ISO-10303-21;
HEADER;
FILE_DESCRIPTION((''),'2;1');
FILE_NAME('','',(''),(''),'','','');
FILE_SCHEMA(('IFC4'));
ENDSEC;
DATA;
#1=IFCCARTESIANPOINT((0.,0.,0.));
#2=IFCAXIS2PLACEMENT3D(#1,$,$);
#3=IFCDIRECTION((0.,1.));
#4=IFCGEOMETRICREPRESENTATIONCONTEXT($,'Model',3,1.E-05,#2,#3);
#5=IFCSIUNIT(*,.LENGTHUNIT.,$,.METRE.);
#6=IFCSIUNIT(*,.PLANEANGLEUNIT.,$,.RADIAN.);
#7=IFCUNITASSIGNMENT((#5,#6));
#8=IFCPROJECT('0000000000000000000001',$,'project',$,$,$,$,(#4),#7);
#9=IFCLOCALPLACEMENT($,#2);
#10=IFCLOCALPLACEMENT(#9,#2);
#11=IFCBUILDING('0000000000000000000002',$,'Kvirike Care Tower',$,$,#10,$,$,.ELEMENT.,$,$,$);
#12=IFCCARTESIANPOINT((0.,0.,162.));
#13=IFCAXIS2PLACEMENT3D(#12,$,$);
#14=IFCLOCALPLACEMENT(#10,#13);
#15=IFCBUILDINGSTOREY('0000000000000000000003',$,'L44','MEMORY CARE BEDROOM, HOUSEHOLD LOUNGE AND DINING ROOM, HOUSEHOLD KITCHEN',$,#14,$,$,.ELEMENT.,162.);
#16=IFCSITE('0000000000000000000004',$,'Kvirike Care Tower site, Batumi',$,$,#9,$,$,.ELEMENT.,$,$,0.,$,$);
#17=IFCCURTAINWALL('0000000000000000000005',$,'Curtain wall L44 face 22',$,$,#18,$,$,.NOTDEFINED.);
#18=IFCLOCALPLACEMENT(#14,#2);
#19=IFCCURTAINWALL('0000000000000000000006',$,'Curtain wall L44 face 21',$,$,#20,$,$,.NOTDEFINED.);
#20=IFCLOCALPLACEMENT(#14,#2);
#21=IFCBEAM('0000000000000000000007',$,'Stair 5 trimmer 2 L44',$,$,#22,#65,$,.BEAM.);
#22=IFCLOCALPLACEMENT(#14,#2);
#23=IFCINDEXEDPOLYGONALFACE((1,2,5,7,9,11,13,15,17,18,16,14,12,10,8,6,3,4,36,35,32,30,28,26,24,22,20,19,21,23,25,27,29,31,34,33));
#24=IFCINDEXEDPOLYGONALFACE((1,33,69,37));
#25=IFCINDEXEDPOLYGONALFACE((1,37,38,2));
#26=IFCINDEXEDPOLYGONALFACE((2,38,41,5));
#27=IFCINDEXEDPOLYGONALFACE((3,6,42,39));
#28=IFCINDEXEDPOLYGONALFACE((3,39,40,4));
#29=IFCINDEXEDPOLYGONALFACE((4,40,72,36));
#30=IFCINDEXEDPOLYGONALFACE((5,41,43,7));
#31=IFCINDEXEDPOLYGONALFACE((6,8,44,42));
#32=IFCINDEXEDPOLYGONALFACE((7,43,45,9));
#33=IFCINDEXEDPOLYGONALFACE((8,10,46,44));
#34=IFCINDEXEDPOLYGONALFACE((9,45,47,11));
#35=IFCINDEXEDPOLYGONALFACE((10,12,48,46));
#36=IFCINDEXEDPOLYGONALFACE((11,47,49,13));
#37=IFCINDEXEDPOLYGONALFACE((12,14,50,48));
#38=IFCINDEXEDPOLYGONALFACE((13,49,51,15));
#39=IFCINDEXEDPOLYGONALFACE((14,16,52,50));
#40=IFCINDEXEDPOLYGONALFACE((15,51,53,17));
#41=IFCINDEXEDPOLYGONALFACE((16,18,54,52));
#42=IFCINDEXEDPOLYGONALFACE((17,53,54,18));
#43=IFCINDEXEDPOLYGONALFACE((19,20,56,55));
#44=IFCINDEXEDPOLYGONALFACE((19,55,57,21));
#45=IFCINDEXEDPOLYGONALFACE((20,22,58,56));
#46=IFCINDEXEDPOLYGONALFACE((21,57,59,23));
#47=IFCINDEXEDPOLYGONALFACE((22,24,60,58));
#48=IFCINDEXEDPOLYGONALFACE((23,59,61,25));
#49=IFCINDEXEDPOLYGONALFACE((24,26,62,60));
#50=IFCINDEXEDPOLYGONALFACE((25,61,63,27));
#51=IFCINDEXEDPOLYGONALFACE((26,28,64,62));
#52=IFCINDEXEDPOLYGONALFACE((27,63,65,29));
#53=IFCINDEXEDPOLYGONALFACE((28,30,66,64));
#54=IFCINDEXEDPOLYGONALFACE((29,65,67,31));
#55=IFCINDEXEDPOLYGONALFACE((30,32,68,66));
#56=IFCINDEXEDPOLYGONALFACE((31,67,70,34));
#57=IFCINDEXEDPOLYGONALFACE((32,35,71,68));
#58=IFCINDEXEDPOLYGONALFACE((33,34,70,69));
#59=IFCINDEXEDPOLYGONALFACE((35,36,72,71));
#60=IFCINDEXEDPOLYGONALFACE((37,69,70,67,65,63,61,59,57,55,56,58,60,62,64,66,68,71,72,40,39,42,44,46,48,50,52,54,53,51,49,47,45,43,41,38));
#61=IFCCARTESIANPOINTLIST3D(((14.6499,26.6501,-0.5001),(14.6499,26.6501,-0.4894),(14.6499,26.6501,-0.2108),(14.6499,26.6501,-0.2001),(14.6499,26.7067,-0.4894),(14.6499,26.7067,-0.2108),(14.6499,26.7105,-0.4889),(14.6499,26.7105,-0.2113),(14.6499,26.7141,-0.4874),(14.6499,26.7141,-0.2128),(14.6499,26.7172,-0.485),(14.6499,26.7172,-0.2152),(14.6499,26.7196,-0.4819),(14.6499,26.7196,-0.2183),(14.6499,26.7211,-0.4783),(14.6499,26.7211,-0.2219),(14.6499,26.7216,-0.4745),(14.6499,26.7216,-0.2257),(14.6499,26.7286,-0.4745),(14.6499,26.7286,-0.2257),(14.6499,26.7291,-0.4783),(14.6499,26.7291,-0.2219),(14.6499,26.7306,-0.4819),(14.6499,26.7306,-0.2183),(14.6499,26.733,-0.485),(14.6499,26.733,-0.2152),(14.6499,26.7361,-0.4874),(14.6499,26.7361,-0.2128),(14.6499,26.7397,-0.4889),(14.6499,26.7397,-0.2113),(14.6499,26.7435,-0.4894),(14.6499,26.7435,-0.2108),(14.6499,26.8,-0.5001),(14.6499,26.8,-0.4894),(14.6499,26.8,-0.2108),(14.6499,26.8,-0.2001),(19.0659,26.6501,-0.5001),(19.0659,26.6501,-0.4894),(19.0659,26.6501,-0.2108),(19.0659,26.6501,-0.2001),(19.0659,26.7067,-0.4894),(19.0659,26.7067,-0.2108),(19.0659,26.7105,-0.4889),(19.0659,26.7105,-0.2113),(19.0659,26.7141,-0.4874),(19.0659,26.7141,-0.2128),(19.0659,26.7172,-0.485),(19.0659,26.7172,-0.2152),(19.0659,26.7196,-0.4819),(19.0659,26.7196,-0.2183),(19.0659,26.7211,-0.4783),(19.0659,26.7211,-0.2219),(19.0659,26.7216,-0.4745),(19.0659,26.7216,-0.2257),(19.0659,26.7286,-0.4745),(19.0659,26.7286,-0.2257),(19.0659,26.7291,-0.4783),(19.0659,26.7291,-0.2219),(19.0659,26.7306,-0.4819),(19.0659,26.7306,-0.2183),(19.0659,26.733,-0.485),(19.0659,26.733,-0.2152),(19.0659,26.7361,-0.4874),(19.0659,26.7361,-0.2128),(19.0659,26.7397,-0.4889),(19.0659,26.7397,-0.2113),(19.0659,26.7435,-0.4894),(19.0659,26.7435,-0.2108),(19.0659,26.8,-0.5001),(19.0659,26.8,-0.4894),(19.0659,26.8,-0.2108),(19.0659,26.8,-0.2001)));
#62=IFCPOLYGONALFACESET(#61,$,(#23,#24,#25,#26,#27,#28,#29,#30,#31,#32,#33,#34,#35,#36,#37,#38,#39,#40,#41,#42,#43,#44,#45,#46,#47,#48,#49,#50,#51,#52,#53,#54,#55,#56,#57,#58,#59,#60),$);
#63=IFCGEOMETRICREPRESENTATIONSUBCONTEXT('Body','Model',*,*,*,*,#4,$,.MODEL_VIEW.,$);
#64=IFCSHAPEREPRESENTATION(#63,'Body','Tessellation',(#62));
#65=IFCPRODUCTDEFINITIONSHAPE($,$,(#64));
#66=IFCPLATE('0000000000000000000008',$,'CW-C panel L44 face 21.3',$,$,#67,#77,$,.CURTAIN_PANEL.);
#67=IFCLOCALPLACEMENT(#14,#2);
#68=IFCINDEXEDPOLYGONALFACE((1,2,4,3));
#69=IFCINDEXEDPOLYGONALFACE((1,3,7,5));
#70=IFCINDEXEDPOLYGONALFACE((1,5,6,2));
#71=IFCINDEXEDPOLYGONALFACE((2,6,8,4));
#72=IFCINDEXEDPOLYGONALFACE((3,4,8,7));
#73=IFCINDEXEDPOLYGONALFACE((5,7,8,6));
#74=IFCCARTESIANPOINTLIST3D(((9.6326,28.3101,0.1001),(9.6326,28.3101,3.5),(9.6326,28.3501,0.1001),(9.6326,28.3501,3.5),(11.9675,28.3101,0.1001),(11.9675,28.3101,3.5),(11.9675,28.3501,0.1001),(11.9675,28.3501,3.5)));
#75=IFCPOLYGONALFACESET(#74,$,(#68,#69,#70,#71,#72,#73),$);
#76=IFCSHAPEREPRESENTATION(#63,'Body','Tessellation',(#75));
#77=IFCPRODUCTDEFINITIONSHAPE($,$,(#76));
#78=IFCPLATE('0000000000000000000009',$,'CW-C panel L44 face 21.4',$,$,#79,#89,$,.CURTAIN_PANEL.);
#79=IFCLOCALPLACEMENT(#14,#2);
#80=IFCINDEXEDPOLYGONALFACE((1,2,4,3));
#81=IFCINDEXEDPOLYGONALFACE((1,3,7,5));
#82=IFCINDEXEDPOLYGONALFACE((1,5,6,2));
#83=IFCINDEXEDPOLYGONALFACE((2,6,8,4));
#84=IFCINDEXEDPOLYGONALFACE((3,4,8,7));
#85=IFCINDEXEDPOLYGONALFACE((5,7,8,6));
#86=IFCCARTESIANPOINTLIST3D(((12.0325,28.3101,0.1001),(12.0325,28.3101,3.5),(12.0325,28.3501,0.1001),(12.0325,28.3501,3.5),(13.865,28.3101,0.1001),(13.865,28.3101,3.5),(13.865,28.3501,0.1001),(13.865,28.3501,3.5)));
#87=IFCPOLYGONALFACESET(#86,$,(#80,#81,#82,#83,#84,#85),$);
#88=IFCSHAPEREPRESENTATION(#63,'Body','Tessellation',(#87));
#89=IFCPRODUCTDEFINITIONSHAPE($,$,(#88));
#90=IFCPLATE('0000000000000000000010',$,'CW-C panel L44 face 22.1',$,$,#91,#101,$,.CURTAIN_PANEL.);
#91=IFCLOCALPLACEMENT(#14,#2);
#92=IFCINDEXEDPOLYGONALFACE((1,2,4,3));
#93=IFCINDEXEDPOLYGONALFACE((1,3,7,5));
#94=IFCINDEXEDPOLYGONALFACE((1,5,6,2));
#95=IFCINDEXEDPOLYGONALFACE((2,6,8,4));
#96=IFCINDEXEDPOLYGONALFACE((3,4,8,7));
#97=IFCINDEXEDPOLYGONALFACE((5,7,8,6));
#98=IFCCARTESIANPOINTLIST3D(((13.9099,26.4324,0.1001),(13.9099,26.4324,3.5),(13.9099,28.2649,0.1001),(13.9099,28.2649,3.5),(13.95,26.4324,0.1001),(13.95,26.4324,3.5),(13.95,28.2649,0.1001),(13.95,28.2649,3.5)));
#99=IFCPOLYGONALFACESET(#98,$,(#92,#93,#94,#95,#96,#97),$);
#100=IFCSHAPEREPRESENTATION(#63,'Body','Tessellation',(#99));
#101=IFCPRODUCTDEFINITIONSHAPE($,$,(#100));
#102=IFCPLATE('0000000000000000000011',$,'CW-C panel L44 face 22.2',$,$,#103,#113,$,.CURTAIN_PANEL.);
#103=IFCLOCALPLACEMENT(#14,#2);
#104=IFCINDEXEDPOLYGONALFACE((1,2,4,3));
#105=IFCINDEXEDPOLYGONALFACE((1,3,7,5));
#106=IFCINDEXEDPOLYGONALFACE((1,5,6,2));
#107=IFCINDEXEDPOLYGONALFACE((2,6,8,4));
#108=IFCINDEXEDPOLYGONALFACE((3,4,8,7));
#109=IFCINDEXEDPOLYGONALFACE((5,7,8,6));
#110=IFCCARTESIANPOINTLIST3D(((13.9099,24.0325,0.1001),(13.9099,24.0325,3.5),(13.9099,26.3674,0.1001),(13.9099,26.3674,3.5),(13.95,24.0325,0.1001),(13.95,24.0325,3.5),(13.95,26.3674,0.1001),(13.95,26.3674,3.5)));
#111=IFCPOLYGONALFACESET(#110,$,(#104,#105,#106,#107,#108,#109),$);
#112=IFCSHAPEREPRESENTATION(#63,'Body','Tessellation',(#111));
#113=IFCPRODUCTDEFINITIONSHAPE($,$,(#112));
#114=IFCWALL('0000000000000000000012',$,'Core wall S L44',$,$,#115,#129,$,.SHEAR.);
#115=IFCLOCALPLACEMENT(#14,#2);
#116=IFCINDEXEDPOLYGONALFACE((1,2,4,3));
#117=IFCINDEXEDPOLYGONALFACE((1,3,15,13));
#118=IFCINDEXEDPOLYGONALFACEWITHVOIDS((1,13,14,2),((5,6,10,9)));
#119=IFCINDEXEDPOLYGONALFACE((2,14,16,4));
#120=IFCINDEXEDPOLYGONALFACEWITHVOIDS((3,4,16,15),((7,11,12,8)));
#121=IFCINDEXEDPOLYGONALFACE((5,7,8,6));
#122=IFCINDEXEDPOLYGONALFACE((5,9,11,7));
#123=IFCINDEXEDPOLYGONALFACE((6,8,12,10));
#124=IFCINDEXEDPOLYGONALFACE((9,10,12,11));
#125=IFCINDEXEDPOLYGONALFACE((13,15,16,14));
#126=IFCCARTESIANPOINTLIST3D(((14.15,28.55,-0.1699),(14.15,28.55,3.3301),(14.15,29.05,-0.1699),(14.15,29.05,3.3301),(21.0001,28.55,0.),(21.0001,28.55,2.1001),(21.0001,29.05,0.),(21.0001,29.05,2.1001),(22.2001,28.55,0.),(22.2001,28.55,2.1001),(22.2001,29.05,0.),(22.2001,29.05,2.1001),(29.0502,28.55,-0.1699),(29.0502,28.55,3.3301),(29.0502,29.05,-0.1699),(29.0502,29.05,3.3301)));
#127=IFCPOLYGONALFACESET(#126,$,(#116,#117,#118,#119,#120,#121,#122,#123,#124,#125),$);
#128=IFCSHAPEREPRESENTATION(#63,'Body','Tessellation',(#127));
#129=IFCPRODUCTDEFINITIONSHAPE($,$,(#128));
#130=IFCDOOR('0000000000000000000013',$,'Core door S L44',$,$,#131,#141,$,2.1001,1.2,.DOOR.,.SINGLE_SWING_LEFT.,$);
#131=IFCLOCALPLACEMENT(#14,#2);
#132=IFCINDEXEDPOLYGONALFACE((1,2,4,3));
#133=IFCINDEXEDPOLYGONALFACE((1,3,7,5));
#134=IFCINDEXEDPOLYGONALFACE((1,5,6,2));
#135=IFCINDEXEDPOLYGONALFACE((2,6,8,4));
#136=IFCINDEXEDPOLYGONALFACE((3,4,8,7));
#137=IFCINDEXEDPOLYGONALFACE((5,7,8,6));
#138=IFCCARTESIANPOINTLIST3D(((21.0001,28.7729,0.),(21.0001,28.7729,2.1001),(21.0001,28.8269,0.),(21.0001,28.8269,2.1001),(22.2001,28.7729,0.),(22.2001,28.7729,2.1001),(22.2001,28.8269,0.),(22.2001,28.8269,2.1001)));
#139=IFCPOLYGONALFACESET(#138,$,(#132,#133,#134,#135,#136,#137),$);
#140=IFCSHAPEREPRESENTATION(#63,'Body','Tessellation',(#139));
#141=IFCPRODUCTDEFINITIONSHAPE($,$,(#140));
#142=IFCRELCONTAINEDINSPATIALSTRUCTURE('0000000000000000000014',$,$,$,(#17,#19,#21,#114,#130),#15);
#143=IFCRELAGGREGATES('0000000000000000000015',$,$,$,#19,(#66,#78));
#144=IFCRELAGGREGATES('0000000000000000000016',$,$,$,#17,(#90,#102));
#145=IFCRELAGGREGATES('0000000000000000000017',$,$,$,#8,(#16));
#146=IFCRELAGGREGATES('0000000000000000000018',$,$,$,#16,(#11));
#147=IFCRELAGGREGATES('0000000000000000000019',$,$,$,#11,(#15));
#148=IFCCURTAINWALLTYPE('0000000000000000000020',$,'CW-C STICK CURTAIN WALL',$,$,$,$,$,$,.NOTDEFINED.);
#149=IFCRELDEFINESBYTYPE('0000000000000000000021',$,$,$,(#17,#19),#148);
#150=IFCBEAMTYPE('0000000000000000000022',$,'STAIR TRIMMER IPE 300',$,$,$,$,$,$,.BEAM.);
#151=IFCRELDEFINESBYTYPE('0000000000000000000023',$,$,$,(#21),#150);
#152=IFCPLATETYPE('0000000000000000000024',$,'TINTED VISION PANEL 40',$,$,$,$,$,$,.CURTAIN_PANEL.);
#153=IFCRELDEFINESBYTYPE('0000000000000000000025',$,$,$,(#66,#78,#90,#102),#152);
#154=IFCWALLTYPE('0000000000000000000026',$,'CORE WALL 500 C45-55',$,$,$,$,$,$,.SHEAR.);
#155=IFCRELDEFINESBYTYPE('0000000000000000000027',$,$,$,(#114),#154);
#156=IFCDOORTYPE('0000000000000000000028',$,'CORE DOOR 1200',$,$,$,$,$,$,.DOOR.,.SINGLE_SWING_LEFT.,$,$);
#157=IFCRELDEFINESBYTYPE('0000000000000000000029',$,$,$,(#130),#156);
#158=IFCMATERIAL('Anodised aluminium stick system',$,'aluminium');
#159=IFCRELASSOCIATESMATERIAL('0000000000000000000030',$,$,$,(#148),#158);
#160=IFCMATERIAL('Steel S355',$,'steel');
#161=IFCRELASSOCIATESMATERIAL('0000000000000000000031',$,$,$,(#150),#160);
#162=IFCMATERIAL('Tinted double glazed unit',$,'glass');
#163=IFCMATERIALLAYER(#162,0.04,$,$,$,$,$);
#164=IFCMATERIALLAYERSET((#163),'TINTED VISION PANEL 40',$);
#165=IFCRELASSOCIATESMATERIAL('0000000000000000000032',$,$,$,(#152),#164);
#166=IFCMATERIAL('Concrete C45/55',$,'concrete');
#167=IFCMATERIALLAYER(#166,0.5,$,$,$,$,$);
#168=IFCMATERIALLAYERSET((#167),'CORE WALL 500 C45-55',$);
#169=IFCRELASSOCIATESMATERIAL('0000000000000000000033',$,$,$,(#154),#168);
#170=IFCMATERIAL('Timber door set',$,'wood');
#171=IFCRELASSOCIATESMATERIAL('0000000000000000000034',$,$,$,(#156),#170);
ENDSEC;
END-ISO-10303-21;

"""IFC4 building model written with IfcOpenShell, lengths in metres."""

from ifc_helpers import new_model, si_unit, direction, frame, frame_2d, origin, origin_2d, place, context, subcontext, project, spatial, rectangle, i_section, extrude, material, layer, layer_set, material_profile, profile_set, type_object, element, fill, aggregate, save


model = new_model("IFC4")

# Units and contexts
model_context = context("Model", 3, precision=1e-05, world=origin(), true_north=direction((0.0, 1.0)))
body_context = subcontext(model_context, "Body", "Model", "MODEL_VIEW")
ifc_project = project(units=[si_unit("LENGTHUNIT", "METRE"), si_unit("PLANEANGLEUNIT", "RADIAN")], contexts=[model_context])

# Site, building, storey
site_placement = place(None, origin())
site = spatial("IfcSite", under=ifc_project, at=site_placement, Name="Kvirike Care Tower site, Batumi", CompositionType="ELEMENT", RefElevation=0.0)
building_placement = place(site_placement, origin())
building = spatial("IfcBuilding", under=site, at=building_placement, Name="Kvirike Care Tower", CompositionType="ELEMENT")
storey_placement = place(building_placement, frame((0.0, 0.0, 162.0)))
storey = spatial("IfcBuildingStorey", under=building, at=storey_placement, Name="L44", Description="MEMORY CARE BEDROOM, HOUSEHOLD LOUNGE AND DINING ROOM, HOUSEHOLD KITCHEN", CompositionType="ELEMENT", Elevation=162.0)

# Curtain wall
ifc_material_1 = material(Name="Anodised aluminium stick system", Category="aluminium")
curtain_wall_type = type_object("IfcCurtainWallType", Name="CW-C STICK CURTAIN WALL", PredefinedType="NOTDEFINED", material=ifc_material_1)
curtain_wall_1_placement = place(storey_placement, origin())
curtain_wall_1 = element("IfcCurtainWall", 1, at=curtain_wall_1_placement, inside=storey, type_object=curtain_wall_type, Name="Curtain wall L44 face 22", PredefinedType="NOTDEFINED")

# Curtain wall
curtain_wall_2_placement = place(storey_placement, origin())
curtain_wall_2 = element("IfcCurtainWall", 2, at=curtain_wall_2_placement, inside=storey, type_object=curtain_wall_type, Name="Curtain wall L44 face 21", PredefinedType="NOTDEFINED")

# Beam
ifc_material_2 = material(Name="Steel S355", Category="steel")
ifc_material_profile_1 = material_profile(ifc_material_2, i_section(OverallWidth=0.1499, OverallDepth=0.3, WebThickness=0.0071, FlangeThickness=0.0107, FilletRadius=0.0149, at=origin_2d()), Name="IPE 300")
ifc_profile_set_1 = profile_set([ifc_material_profile_1], Name="Steel S355")
beam_type_1 = type_object("IfcBeamType", Name="STAIR TRIMMER IPE 300", PredefinedType="BEAM", material=ifc_profile_set_1)
for number, where, z_axis, x_axis, name in (
    (3, (14.6499, 26.7251, -0.3501), (1.0, 0.0, 0.0), (0.0, 1.0, 0.0), "Stair 5 trimmer 2 L44"),
):
    element("IfcBeam", number, at=place(storey_placement, frame(where, z_axis=z_axis, x_axis=x_axis)), inside=storey, type_object=beam_type_1, Name=name, PredefinedType="BEAM", context=body_context, shape_type="SweptSolid", body=[
        extrude(i_section(OverallWidth=0.1499, OverallDepth=0.3, WebThickness=0.0071, FlangeThickness=0.0107, FilletRadius=0.0149, at=origin_2d()), origin(), (0.0, 0.0, 1.0), 4.416),
    ])

# Plates
ifc_material_3 = material(Name="Tinted double glazed unit", Category="glass")
ifc_layer_1 = layer(ifc_material_3, 0.04)
ifc_layer_set_1 = layer_set([ifc_layer_1], Name="TINTED VISION PANEL 40")
plate_type = type_object("IfcPlateType", Name="TINTED VISION PANEL 40", PredefinedType="CURTAIN_PANEL", material=ifc_layer_set_1)
plate_1_placement = place(storey_placement, frame((10.8, 28.3301, 0.1001), z_axis=(0.0, 0.0, 1.0), x_axis=(1.0, 0.0, 0.0)))
plate_1 = element("IfcPlate", 4, at=plate_1_placement, type_object=plate_type, Name="CW-C panel L44 face 21.3", PredefinedType="CURTAIN_PANEL", context=body_context, shape_type="SweptSolid", body=[
    extrude(rectangle(XDim=2.335, YDim=0.04, at=origin_2d()), origin(), (0.0, 0.0, 1.0), 3.3999),
])
plate_2_placement = place(storey_placement, frame((12.9487, 28.3301, 0.1001), z_axis=(0.0, 0.0, 1.0), x_axis=(1.0, 0.0, 0.0)))
plate_2 = element("IfcPlate", 5, at=plate_2_placement, type_object=plate_type, Name="CW-C panel L44 face 21.4", PredefinedType="CURTAIN_PANEL", context=body_context, shape_type="SweptSolid", body=[
    extrude(rectangle(XDim=1.8325, YDim=0.04, at=origin_2d()), origin(), (0.0, 0.0, 1.0), 3.3999),
])
aggregate(curtain_wall_2, [plate_1, plate_2])
plate_3_placement = place(storey_placement, frame((13.9299, 27.3486, 0.1001), z_axis=(0.0, 0.0, 1.0), x_axis=(0.0, -1.0, 0.0)))
plate_3 = element("IfcPlate", 6, at=plate_3_placement, type_object=plate_type, Name="CW-C panel L44 face 22.1", PredefinedType="CURTAIN_PANEL", context=body_context, shape_type="SweptSolid", body=[
    extrude(rectangle(XDim=1.8325, YDim=0.04, at=origin_2d()), origin(), (0.0, 0.0, 1.0), 3.3999),
])
plate_4_placement = place(storey_placement, frame((13.9299, 25.2, 0.1001), z_axis=(0.0, 0.0, 1.0), x_axis=(0.0, -1.0, 0.0)))
plate_4 = element("IfcPlate", 7, at=plate_4_placement, type_object=plate_type, Name="CW-C panel L44 face 22.2", PredefinedType="CURTAIN_PANEL", context=body_context, shape_type="SweptSolid", body=[
    extrude(rectangle(XDim=2.335, YDim=0.04, at=origin_2d()), origin(), (0.0, 0.0, 1.0), 3.3999),
])
aggregate(curtain_wall_1, [plate_3, plate_4])

# Wall, opening, door
ifc_material_4 = material(Name="Concrete C45/55", Category="concrete")
ifc_layer_2 = layer(ifc_material_4, 0.5)
ifc_layer_set_2 = layer_set([ifc_layer_2], Name="CORE WALL 500 C45-55")
wall_type_1 = type_object("IfcWallType", Name="CORE WALL 500 C45-55", PredefinedType="SHEAR", material=ifc_layer_set_2)
wall_1_placement = place(storey_placement, frame((14.1499, 28.8, -0.1699), z_axis=(0.0, 0.0, 1.0), x_axis=(1.0, 0.0, 0.0)))
wall_1 = element("IfcWall", 8, at=wall_1_placement, inside=storey, type_object=wall_type_1, Name="Core wall S L44", PredefinedType="SHEAR", context=body_context, shape_type="SweptSolid", body=[
    extrude(rectangle(XDim=14.9001, YDim=0.5, at=frame_2d((7.4502, 0.0))), origin(), (0.0, 0.0, 1.0), 3.5),
])
opening_1_placement = place(wall_1_placement, frame((6.8501, 0.0, 0.1699)))
opening_1 = element("IfcOpeningElement", 9, at=opening_1_placement, cuts=wall_1, PredefinedType="OPENING", context=body_context, shape_type="SweptSolid", body=[
    extrude(rectangle(XDim=1.2, YDim=2.1001, at=frame_2d((0.6001, 1.05))), frame((0.0, 0.2605, 0.0), z_axis=(0.0, -1.0, 0.0), x_axis=(1.0, 0.0, 0.0)), (0.0, 0.0, 1.0), 0.521),
])
ifc_material_5 = material(Name="Timber door set", Category="wood")
door_type_1 = type_object("IfcDoorType", Name="CORE DOOR 1200", OperationType="SINGLE_SWING_LEFT", PredefinedType="DOOR", material=ifc_material_5)
door_1_placement = place(opening_1_placement, origin())
door_1 = element("IfcDoor", 10, at=door_1_placement, inside=storey, type_object=door_type_1, Name="Core door S L44", OperationType="SINGLE_SWING_LEFT", OverallHeight=2.1001, OverallWidth=1.2, PredefinedType="DOOR", context=body_context, shape_type="SweptSolid", body=[
    extrude(rectangle(XDim=1.2, YDim=2.1001, at=frame_2d((0.6001, 1.05))), frame((0.0, 0.0269, 0.0), z_axis=(0.0, -1.0, 0.0), x_axis=(1.0, 0.0, 0.0)), (0.0, 0.0, 1.0), 0.054),
])
fill(opening_1, door_1)

save(model, "model.ifc")
